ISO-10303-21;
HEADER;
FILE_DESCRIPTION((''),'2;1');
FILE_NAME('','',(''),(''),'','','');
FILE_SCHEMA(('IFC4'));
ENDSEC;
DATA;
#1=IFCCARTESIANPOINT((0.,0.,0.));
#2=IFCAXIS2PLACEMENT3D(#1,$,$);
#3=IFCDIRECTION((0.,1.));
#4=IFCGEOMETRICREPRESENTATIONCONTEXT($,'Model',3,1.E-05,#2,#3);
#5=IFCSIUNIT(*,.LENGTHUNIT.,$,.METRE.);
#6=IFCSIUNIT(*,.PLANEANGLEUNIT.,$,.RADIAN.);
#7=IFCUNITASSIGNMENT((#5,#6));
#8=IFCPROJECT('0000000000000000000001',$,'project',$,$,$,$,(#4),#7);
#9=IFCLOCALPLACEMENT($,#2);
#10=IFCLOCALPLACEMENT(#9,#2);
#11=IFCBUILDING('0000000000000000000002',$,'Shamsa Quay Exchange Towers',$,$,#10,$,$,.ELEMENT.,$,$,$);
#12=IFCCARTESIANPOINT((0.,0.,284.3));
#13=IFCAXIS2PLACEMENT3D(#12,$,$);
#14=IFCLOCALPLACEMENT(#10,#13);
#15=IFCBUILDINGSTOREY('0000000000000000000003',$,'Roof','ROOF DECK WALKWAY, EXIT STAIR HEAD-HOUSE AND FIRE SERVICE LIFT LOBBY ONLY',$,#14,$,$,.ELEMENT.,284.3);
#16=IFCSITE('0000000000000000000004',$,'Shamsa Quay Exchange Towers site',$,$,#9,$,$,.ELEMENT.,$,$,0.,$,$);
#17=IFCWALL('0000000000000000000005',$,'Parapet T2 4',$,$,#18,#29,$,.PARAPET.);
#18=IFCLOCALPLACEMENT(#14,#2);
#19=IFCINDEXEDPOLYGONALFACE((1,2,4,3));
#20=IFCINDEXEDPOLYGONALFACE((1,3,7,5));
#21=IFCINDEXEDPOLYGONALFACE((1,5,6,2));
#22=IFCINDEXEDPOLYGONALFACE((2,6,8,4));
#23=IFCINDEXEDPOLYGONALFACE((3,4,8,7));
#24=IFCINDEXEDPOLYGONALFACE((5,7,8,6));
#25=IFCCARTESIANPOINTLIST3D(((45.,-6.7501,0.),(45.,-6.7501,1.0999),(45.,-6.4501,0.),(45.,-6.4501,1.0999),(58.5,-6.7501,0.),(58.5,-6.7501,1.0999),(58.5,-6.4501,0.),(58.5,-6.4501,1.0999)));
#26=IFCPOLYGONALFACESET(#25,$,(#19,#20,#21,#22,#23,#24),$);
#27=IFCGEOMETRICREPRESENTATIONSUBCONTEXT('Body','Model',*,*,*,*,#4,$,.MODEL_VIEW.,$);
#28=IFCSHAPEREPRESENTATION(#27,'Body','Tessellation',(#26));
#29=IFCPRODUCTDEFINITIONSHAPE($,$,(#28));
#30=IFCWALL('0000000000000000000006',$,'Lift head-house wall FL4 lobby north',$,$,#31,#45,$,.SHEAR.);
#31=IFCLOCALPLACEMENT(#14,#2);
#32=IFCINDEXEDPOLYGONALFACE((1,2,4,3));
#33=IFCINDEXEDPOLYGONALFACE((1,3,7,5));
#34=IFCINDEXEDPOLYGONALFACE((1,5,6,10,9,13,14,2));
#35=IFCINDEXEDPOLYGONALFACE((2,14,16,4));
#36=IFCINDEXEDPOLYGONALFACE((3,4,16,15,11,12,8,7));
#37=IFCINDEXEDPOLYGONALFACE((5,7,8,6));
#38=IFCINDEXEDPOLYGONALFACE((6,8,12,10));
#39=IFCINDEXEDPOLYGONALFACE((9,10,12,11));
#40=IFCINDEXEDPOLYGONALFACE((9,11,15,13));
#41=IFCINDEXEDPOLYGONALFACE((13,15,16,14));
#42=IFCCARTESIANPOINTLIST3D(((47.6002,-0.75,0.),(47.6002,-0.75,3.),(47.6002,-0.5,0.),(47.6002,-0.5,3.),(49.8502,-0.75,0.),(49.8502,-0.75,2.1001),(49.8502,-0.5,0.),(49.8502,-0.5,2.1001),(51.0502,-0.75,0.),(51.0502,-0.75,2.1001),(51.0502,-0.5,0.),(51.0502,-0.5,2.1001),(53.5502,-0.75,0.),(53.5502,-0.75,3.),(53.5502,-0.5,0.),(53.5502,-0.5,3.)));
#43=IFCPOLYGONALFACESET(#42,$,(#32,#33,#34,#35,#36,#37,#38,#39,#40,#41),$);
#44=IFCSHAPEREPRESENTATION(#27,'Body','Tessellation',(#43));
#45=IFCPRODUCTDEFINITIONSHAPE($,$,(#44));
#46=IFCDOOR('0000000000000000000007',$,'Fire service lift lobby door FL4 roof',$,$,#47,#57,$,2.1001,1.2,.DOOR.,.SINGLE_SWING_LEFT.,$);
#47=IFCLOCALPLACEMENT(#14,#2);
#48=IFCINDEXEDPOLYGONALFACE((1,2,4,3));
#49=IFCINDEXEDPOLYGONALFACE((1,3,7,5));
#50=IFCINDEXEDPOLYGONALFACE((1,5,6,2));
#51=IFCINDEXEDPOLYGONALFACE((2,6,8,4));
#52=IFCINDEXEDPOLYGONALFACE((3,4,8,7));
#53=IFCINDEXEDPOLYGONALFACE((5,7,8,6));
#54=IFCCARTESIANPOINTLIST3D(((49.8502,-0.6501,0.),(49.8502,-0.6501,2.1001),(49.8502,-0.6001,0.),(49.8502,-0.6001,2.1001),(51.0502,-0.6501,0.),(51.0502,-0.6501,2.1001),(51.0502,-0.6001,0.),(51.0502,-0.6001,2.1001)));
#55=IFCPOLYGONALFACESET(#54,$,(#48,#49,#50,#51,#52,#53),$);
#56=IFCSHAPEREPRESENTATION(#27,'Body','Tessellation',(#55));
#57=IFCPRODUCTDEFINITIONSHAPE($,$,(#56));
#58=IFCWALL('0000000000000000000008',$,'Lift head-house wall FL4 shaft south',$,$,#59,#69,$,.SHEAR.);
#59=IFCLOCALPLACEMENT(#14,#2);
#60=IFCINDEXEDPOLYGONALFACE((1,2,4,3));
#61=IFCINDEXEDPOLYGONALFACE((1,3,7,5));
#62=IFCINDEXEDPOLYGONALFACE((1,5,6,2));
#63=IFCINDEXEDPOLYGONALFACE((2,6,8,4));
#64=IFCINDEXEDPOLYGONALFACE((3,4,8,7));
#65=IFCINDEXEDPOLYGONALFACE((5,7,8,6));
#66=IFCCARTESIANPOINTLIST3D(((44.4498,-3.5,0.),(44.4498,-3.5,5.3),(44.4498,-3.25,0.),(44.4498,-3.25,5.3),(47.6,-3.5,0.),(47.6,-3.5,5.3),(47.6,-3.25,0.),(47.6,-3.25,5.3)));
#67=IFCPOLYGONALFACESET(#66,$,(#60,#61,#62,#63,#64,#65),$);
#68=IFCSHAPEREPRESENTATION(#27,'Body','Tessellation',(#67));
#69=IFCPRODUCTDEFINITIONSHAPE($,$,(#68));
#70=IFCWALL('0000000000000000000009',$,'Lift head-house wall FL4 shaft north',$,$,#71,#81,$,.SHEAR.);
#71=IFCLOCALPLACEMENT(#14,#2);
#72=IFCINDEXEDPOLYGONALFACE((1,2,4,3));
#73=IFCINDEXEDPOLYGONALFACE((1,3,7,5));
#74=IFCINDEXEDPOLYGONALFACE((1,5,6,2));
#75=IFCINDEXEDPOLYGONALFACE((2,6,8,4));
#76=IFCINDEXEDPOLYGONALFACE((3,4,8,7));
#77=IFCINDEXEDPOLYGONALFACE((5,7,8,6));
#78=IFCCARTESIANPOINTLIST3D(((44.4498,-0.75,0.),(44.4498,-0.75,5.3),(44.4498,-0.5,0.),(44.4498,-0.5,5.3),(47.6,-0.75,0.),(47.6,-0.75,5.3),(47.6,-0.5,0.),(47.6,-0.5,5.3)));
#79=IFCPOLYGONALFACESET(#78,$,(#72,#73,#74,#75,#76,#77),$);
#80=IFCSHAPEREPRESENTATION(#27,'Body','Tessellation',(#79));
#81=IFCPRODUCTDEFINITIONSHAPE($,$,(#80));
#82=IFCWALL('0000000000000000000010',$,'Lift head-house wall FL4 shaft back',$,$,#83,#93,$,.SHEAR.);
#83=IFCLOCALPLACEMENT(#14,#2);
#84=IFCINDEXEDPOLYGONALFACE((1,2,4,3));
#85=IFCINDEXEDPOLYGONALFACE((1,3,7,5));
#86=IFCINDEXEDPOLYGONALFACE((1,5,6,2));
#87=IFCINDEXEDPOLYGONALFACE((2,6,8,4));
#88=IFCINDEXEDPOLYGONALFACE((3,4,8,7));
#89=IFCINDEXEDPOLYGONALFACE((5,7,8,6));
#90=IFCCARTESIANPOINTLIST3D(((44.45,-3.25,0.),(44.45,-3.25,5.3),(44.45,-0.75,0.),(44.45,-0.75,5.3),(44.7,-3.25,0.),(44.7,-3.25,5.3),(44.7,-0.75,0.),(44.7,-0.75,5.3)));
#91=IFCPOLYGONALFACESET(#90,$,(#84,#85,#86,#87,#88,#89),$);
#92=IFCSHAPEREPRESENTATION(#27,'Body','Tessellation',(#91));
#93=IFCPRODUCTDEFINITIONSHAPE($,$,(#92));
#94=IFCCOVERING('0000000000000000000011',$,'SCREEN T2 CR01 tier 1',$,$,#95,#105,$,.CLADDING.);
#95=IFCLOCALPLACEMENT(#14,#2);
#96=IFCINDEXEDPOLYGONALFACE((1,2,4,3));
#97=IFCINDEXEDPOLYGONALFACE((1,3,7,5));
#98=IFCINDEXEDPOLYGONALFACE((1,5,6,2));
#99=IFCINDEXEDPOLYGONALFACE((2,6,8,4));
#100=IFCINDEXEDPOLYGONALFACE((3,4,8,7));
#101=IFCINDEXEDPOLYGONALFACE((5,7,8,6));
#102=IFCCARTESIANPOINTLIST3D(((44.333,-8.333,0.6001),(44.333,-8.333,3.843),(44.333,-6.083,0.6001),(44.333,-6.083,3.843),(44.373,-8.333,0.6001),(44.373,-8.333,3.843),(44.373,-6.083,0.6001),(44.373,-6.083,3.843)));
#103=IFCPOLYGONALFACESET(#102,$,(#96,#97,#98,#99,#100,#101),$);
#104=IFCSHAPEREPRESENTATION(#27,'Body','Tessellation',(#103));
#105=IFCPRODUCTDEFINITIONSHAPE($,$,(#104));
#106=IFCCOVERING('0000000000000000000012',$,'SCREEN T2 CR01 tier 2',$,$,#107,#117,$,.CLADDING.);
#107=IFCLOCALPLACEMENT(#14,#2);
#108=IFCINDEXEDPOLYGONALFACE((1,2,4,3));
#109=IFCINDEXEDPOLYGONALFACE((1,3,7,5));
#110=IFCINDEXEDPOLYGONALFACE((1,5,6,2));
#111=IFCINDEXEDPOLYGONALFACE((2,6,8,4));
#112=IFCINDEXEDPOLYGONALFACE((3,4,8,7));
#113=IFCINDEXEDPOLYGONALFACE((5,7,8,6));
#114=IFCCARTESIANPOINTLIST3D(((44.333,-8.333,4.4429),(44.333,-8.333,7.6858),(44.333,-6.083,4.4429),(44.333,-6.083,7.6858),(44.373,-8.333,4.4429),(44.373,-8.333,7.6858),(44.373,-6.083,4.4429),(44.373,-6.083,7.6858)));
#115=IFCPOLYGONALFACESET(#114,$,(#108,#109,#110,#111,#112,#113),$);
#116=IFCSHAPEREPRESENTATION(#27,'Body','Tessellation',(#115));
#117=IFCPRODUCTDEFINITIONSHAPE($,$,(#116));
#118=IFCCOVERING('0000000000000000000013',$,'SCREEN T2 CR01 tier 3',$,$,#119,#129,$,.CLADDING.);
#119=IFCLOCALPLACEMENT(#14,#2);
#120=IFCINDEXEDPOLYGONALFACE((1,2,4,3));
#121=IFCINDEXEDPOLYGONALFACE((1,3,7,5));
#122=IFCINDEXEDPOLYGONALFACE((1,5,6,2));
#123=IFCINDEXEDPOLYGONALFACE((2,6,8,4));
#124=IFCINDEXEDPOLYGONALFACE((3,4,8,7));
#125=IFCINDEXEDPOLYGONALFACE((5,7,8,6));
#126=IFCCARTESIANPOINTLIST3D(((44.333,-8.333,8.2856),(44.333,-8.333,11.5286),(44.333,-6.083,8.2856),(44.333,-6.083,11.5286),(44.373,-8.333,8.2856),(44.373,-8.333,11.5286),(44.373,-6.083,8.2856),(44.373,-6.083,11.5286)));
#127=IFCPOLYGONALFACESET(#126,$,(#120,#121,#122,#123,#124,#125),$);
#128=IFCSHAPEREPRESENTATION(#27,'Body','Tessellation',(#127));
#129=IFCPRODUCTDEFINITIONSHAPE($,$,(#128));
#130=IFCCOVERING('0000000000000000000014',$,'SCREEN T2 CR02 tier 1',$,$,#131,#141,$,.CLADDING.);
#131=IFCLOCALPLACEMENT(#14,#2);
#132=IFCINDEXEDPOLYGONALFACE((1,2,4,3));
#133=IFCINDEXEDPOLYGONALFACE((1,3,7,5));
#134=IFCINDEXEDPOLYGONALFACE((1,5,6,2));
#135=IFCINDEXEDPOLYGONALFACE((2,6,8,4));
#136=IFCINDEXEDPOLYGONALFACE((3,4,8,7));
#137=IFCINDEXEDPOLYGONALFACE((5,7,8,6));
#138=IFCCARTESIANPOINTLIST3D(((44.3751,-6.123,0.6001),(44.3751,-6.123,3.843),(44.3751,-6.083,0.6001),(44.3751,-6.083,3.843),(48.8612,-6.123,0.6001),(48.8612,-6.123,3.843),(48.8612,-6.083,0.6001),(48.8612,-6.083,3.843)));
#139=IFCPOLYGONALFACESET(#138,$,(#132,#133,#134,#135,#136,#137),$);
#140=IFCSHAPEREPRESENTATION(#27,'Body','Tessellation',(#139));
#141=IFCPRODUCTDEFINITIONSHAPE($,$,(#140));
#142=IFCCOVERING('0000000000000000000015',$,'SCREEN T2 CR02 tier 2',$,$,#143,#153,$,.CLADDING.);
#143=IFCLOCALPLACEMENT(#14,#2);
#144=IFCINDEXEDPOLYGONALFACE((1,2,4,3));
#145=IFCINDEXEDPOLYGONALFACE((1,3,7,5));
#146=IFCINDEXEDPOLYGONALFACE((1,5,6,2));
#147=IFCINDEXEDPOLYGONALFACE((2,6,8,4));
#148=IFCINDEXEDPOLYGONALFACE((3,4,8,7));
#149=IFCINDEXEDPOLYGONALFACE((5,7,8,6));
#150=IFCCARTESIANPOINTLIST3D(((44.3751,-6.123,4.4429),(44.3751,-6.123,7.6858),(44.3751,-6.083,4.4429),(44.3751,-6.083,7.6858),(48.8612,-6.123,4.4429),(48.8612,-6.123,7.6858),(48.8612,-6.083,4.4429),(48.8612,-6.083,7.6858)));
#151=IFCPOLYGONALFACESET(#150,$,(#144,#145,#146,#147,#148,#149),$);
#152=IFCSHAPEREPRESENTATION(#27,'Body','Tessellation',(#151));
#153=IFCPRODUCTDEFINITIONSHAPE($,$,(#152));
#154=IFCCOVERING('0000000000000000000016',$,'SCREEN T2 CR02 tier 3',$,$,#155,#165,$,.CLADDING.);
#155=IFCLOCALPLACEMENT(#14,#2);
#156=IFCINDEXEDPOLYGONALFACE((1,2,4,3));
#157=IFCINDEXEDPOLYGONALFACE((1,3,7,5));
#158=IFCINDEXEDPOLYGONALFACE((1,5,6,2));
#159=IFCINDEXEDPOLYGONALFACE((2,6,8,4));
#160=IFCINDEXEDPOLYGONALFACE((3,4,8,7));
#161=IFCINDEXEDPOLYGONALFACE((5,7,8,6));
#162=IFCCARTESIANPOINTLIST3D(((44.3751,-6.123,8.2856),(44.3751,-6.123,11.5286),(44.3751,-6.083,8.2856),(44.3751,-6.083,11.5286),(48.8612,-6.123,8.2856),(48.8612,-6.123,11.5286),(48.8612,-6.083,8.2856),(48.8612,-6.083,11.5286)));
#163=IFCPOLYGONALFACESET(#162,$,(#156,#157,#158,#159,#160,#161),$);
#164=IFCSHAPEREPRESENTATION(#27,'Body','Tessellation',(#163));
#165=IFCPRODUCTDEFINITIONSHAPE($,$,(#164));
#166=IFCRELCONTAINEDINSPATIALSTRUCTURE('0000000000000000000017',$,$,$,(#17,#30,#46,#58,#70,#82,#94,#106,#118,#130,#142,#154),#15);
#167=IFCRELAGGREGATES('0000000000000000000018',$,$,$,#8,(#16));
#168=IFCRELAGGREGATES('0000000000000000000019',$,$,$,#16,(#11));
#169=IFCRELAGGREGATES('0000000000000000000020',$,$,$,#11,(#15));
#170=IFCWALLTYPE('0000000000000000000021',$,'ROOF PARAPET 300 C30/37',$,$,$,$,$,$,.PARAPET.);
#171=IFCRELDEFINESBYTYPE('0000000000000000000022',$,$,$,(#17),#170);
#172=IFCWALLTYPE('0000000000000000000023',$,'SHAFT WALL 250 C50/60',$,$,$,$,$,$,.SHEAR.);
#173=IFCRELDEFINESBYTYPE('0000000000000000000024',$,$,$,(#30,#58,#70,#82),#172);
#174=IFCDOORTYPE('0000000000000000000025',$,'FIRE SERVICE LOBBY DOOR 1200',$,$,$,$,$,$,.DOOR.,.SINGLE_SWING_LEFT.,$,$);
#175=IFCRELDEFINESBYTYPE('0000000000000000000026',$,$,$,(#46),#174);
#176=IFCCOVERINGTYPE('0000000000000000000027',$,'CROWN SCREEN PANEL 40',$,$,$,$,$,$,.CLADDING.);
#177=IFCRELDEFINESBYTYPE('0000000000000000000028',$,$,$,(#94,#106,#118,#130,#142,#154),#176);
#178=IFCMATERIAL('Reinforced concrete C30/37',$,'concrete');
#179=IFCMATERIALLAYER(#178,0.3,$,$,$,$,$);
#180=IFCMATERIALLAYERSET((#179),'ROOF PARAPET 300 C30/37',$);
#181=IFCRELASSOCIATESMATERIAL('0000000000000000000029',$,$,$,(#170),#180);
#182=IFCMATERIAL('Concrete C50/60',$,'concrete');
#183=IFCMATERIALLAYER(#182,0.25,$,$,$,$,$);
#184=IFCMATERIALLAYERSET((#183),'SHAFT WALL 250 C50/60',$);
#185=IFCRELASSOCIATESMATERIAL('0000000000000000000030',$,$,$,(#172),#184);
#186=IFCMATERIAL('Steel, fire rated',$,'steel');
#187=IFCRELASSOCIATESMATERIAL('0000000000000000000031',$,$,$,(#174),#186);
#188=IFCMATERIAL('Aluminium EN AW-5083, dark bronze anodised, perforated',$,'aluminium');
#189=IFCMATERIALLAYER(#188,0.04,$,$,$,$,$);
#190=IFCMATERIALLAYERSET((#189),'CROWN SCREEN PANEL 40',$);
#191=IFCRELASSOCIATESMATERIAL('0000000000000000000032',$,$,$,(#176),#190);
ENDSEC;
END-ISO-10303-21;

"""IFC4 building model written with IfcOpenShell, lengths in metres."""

from ifc_helpers import new_model, si_unit, direction, frame, frame_2d, origin, origin_2d, place, context, subcontext, project, spatial, rectangle, extrude, material, layer, layer_set, type_object, element, fill, save


model = new_model("IFC4")

# Units and contexts
model_context = context("Model", 3, precision=1e-05, world=origin(), true_north=direction((0.0, 1.0)))
body_context = subcontext(model_context, "Body", "Model", "MODEL_VIEW")
ifc_project = project(units=[si_unit("LENGTHUNIT", "METRE"), si_unit("PLANEANGLEUNIT", "RADIAN")], contexts=[model_context])

# Site, building, storey
site_placement = place(None, origin())
site = spatial("IfcSite", under=ifc_project, at=site_placement, Name="Shamsa Quay Exchange Towers site", CompositionType="ELEMENT", RefElevation=0.0)
building_placement = place(site_placement, origin())
building = spatial("IfcBuilding", under=site, at=building_placement, Name="Shamsa Quay Exchange Towers", CompositionType="ELEMENT")
storey_placement = place(building_placement, frame((0.0, 0.0, 284.3)))
storey = spatial("IfcBuildingStorey", under=building, at=storey_placement, Name="Roof", Description="ROOF DECK WALKWAY, EXIT STAIR HEAD-HOUSE AND FIRE SERVICE LIFT LOBBY ONLY", CompositionType="ELEMENT", Elevation=284.3)

# Wall
ifc_material_1 = material(Name="Reinforced concrete C30/37", Category="concrete")
ifc_layer_1 = layer(ifc_material_1, 0.3)
ifc_layer_set_1 = layer_set([ifc_layer_1], Name="ROOF PARAPET 300 C30/37")
wall_type_1 = type_object("IfcWallType", Name="ROOF PARAPET 300 C30/37", PredefinedType="PARAPET", material=ifc_layer_set_1)
wall_1_placement = place(storey_placement, frame((45.0, -6.6001, 0.0)))
element("IfcWall", 1, at=wall_1_placement, inside=storey, type_object=wall_type_1, Name="Parapet T2 4", PredefinedType="PARAPET", context=body_context, shape_type="SweptSolid", body=[
    extrude(rectangle(XDim=13.5, YDim=0.3, at=frame_2d((6.75, 0.0))), origin(), (0.0, 0.0, 1.0), 1.0999),
])

# Wall, opening, door
ifc_material_2 = material(Name="Concrete C50/60", Category="concrete")
ifc_layer_2 = layer(ifc_material_2, 0.25)
ifc_layer_set_2 = layer_set([ifc_layer_2], Name="SHAFT WALL 250 C50/60")
wall_type_2 = type_object("IfcWallType", Name="SHAFT WALL 250 C50/60", PredefinedType="SHEAR", material=ifc_layer_set_2)
wall_2_placement = place(storey_placement, frame((47.6001, -0.625, 0.0)))
wall_2 = element("IfcWall", 2, at=wall_2_placement, inside=storey, type_object=wall_type_2, Name="Lift head-house wall FL4 lobby north", PredefinedType="SHEAR", context=body_context, shape_type="SweptSolid", body=[
    extrude(rectangle(XDim=5.95, YDim=0.25, at=frame_2d((2.9751, 0.0))), origin(), (0.0, 0.0, 1.0), 3.0),
])
opening_1_placement = place(wall_2_placement, frame((2.25, 0.0, 0.0)))
opening_1 = element("IfcOpeningElement", 3, at=opening_1_placement, cuts=wall_2, PredefinedType="OPENING", context=body_context, shape_type="SweptSolid", body=[
    extrude(rectangle(XDim=1.2, YDim=2.1001, at=frame_2d((0.6001, 1.05))), frame((0.0, 0.135, 0.0), z_axis=(0.0, -1.0, 0.0), x_axis=(1.0, 0.0, 0.0)), (0.0, 0.0, 1.0), 0.27),
])
ifc_material_3 = material(Name="Steel, fire rated", Category="steel")
door_type_1 = type_object("IfcDoorType", Name="FIRE SERVICE LOBBY DOOR 1200", OperationType="SINGLE_SWING_LEFT", PredefinedType="DOOR", material=ifc_material_3)
door_1_placement = place(opening_1_placement, origin())
door_1 = element("IfcDoor", 4, at=door_1_placement, inside=storey, type_object=door_type_1, Name="Fire service lift lobby door FL4 roof", OperationType="SINGLE_SWING_LEFT", OverallHeight=2.1001, OverallWidth=1.2, PredefinedType="DOOR", context=body_context, shape_type="SweptSolid", body=[
    extrude(rectangle(XDim=1.2, YDim=2.1001, at=frame_2d((0.6001, 1.05))), frame((0.0, 0.0249, 0.0), z_axis=(0.0, -1.0, 0.0), x_axis=(1.0, 0.0, 0.0)), (0.0, 0.0, 1.0), 0.05),
])
fill(opening_1, door_1)

# Walls
for number, where, z_axis, x_axis, name in (
    (5, (47.6001, -3.375, 0.0), (0.0, 0.0, 1.0), (-1.0, 0.0, 0.0), "Lift head-house wall FL4 shaft south"),
    (6, (47.6001, -0.625, 0.0), (0.0, 0.0, 1.0), (-1.0, 0.0, 0.0), "Lift head-house wall FL4 shaft north"),
):
    element("IfcWall", number, at=place(storey_placement, frame(where, z_axis=z_axis, x_axis=x_axis)), inside=storey, type_object=wall_type_2, Name=name, PredefinedType="SHEAR", context=body_context, shape_type="SweptSolid", body=[
        extrude(rectangle(XDim=3.1501, YDim=0.25, at=frame_2d((1.5752, 0.0))), origin(), (0.0, 0.0, 1.0), 5.3),
    ])

# Wall
wall_3_placement = place(storey_placement, frame((44.575, -3.25, 0.0), z_axis=(0.0, 0.0, 1.0), x_axis=(0.0, 1.0, 0.0)))
element("IfcWall", 7, at=wall_3_placement, inside=storey, type_object=wall_type_2, Name="Lift head-house wall FL4 shaft back", PredefinedType="SHEAR", context=body_context, shape_type="SweptSolid", body=[
    extrude(rectangle(XDim=2.5, YDim=0.25, at=frame_2d((1.25, 0.0))), origin(), (0.0, 0.0, 1.0), 5.3),
])

# Coverings
ifc_material_4 = material(Name="Aluminium EN AW-5083, dark bronze anodised, perforated", Category="aluminium")
ifc_layer_3 = layer(ifc_material_4, 0.04)
ifc_layer_set_3 = layer_set([ifc_layer_3], Name="CROWN SCREEN PANEL 40")
covering_type = type_object("IfcCoveringType", Name="CROWN SCREEN PANEL 40", PredefinedType="CLADDING", material=ifc_layer_set_3)
for number, where, z_axis, x_axis, name in (
    (8, (44.353, -7.208, 0.6001), (0.0, 0.0, 1.0), (0.0, 1.0, 0.0), "SCREEN T2 CR01 tier 1"),
    (9, (44.353, -7.208, 4.4429), (0.0, 0.0, 1.0), (0.0, 1.0, 0.0), "SCREEN T2 CR01 tier 2"),
    (10, (44.353, -7.208, 8.2856), (0.0, 0.0, 1.0), (0.0, 1.0, 0.0), "SCREEN T2 CR01 tier 3"),
):
    element("IfcCovering", number, at=place(storey_placement, frame(where, z_axis=z_axis, x_axis=x_axis)), inside=storey, type_object=covering_type, Name=name, PredefinedType="CLADDING", context=body_context, shape_type="SweptSolid", body=[
        extrude(rectangle(XDim=2.25, YDim=0.04, at=origin_2d()), origin(), (0.0, 0.0, 1.0), 3.2429),
    ])
for number, where, name in (
    (11, (46.6182, -6.103, 0.6001), "SCREEN T2 CR02 tier 1"),
    (12, (46.6182, -6.103, 4.4429), "SCREEN T2 CR02 tier 2"),
    (13, (46.6182, -6.103, 8.2856), "SCREEN T2 CR02 tier 3"),
):
    element("IfcCovering", number, at=place(storey_placement, frame(where)), inside=storey, type_object=covering_type, Name=name, PredefinedType="CLADDING", context=body_context, shape_type="SweptSolid", body=[
        extrude(rectangle(XDim=4.4861, YDim=0.04, at=origin_2d()), origin(), (0.0, 0.0, 1.0), 3.2429),
    ])

save(model, "model.ifc")
